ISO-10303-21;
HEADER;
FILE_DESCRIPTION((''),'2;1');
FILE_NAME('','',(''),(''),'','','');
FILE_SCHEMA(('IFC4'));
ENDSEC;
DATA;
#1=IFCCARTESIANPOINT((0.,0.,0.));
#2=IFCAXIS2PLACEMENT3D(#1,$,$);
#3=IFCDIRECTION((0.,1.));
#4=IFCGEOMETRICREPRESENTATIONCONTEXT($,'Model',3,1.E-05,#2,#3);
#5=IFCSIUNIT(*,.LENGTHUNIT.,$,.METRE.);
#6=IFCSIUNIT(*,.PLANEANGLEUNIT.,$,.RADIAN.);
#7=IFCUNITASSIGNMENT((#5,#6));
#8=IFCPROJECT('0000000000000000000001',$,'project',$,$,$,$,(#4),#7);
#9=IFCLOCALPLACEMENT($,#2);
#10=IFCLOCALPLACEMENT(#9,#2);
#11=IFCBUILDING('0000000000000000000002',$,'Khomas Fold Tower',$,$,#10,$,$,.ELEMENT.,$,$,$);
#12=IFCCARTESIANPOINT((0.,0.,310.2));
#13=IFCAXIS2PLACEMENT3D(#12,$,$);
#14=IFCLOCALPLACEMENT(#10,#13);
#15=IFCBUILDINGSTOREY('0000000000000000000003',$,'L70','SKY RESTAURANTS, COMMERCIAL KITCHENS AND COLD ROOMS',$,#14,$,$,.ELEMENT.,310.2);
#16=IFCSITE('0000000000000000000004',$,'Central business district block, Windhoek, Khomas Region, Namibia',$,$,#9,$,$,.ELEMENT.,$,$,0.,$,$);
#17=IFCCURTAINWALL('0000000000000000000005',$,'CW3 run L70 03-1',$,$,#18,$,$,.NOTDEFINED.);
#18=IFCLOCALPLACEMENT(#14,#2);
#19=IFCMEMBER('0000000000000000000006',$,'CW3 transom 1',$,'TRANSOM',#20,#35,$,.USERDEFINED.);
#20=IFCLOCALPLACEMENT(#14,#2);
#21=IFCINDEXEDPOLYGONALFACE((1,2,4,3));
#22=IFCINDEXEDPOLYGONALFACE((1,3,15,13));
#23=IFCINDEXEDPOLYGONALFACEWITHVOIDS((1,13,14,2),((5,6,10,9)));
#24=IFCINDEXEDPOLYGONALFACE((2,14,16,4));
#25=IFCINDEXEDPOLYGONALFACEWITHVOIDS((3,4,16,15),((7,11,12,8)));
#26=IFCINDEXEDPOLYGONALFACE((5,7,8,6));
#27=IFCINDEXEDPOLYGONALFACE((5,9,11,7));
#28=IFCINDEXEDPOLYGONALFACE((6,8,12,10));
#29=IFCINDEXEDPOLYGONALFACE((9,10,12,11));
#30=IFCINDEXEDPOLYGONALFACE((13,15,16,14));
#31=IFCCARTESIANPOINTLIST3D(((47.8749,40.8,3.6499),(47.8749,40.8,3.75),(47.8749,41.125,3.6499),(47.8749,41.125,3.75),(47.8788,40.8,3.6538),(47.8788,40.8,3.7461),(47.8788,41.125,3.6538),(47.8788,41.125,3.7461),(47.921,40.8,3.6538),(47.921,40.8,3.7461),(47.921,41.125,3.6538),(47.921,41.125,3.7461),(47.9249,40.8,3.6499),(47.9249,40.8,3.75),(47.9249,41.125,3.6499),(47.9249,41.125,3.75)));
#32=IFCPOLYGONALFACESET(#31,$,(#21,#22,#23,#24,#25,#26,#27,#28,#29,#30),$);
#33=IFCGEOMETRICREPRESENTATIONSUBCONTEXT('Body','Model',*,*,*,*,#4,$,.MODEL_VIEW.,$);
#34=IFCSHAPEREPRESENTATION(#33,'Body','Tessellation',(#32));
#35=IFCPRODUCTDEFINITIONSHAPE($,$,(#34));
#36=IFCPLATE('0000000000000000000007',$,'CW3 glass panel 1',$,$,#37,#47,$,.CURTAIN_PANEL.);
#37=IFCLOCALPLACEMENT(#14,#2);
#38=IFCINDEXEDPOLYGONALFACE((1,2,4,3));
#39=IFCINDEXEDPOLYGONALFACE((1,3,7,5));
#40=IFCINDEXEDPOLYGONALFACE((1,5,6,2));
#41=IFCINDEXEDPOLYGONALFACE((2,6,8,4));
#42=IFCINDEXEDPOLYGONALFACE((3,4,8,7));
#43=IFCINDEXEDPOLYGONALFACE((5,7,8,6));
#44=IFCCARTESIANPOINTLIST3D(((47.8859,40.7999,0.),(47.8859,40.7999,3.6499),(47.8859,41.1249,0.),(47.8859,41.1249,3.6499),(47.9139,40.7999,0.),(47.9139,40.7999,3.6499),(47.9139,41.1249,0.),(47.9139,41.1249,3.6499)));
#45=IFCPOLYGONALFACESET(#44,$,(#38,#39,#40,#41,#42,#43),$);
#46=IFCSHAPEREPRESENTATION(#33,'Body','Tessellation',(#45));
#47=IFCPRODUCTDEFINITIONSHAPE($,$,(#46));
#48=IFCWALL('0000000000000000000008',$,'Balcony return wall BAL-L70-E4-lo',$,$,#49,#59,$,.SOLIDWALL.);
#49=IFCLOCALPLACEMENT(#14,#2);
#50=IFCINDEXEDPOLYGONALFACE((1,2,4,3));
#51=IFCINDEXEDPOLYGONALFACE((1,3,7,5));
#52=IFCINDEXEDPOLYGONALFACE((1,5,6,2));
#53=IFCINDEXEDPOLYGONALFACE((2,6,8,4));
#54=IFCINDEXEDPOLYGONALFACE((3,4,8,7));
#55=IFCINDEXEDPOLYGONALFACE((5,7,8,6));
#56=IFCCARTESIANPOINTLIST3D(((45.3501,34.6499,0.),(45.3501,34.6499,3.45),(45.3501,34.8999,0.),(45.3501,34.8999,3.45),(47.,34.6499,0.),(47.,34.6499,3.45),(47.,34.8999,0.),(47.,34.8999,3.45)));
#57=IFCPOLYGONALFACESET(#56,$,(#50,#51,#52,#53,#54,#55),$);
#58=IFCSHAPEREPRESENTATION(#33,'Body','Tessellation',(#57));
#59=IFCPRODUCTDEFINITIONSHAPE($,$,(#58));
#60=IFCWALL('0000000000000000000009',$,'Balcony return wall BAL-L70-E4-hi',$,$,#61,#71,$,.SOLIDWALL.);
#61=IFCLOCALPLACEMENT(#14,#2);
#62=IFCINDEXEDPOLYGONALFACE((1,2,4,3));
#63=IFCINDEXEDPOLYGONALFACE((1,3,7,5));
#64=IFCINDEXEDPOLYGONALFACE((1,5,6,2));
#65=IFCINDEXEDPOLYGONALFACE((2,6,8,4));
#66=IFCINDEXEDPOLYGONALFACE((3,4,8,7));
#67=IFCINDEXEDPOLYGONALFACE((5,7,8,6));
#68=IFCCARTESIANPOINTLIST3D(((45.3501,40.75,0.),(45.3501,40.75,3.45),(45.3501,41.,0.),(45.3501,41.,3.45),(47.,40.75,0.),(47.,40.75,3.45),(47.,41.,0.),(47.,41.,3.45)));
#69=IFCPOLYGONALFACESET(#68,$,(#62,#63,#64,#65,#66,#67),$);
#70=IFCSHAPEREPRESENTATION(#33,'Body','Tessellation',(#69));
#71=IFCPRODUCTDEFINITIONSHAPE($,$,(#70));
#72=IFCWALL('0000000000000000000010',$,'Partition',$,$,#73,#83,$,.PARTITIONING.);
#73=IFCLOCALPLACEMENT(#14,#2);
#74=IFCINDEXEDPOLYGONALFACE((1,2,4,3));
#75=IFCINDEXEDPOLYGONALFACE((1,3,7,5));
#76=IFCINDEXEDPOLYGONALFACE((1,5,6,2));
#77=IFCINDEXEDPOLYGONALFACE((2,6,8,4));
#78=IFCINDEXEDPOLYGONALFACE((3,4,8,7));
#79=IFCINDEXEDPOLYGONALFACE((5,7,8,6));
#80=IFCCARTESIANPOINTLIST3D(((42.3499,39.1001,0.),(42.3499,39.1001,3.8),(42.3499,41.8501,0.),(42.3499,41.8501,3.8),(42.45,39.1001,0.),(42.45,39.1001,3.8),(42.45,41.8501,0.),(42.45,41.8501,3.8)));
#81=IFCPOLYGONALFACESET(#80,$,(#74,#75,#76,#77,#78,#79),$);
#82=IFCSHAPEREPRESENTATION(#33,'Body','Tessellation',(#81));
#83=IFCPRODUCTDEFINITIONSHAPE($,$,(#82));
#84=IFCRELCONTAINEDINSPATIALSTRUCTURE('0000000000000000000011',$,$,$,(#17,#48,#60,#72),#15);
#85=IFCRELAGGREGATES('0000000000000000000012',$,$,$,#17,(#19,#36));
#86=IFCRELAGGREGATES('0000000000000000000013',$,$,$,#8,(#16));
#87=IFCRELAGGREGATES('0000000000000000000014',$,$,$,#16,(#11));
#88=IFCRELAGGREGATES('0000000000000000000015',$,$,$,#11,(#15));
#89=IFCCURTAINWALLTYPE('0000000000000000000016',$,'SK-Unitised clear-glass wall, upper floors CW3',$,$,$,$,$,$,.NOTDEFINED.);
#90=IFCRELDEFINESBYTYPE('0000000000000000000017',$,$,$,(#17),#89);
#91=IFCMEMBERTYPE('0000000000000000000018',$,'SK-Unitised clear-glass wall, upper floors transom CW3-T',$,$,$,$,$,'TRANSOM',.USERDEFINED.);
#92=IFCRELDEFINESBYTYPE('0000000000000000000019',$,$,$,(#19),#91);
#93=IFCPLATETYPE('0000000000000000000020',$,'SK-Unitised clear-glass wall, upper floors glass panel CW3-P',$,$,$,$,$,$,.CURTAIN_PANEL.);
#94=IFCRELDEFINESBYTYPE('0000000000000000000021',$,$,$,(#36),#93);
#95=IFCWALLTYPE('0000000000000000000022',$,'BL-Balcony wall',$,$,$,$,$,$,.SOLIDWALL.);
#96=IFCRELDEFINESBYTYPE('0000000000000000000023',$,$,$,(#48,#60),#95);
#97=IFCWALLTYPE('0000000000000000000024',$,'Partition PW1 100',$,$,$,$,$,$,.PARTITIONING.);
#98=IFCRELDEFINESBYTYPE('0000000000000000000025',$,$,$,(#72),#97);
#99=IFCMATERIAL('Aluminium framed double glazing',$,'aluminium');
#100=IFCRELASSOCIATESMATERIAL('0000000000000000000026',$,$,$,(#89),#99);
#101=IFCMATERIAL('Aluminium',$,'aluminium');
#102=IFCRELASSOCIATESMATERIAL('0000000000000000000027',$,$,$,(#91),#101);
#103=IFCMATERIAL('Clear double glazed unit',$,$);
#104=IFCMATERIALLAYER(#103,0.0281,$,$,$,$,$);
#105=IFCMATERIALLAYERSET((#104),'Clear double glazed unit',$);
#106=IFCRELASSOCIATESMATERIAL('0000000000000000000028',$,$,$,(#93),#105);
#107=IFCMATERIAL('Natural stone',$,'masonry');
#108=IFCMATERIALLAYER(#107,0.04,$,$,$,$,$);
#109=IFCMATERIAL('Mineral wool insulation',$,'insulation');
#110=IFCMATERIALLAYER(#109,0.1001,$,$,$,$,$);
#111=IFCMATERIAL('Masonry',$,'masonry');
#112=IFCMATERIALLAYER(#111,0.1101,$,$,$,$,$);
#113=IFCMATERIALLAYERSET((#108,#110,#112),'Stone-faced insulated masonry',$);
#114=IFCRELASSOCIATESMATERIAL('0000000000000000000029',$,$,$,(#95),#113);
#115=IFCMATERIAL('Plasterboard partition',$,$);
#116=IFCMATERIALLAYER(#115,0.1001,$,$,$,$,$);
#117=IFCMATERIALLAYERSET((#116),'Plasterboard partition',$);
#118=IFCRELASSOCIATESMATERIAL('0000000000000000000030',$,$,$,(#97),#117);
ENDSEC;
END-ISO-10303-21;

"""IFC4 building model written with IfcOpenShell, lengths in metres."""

from ifc_helpers import new_model, si_unit, direction, frame, frame_2d, origin, origin_2d, place, context, subcontext, project, spatial, rectangle, hollow_rectangle, extrude, source, transform, mapped, material, layer, layer_set, material_profile, profile_set, type_object, element, aggregate, save


model = new_model("IFC4")

# Units and contexts
model_context = context("Model", 3, precision=1e-05, world=origin(), true_north=direction((0.0, 1.0)))
body_context = subcontext(model_context, "Body", "Model", "MODEL_VIEW")
ifc_project = project(units=[si_unit("LENGTHUNIT", "METRE"), si_unit("PLANEANGLEUNIT", "RADIAN")], contexts=[model_context])

# Site, building, storey
site_placement = place(None, origin())
site = spatial("IfcSite", under=ifc_project, at=site_placement, Name="Central business district block, Windhoek, Khomas Region, Namibia", CompositionType="ELEMENT", RefElevation=0.0)
building_placement = place(site_placement, origin())
building = spatial("IfcBuilding", under=site, at=building_placement, Name="Khomas Fold Tower", CompositionType="ELEMENT")
storey_placement = place(building_placement, frame((0.0, 0.0, 310.2)))
storey = spatial("IfcBuildingStorey", under=building, at=storey_placement, Name="L70", Description="SKY RESTAURANTS, COMMERCIAL KITCHENS AND COLD ROOMS", CompositionType="ELEMENT", Elevation=310.2)

# Shared definitions
ifc_material_1 = material(Name="Aluminium framed double glazing", Category="aluminium")
curtain_wall_type = type_object("IfcCurtainWallType", Name="SK-Unitised clear-glass wall, upper floors CW3", PredefinedType="NOTDEFINED", material=ifc_material_1)

# Curtain wall, member, plate
curtain_wall_1_placement = place(storey_placement, origin())
curtain_wall_1 = element("IfcCurtainWall", 1, at=curtain_wall_1_placement, inside=storey, type_object=curtain_wall_type, Name="CW3 run L70 03-1", PredefinedType="NOTDEFINED")
ifc_material_2 = material(Name="Aluminium", Category="aluminium")
ifc_material_profile_1 = material_profile(ifc_material_2, hollow_rectangle(XDim=0.05, YDim=0.1001, WallThickness=0.0039, at=origin_2d()), Name="SK-Unitised clear-glass wall, upper floors transom CW3-T")
ifc_profile_set_1 = profile_set([ifc_material_profile_1], Name="Aluminium")
member_type_1 = type_object("IfcMemberType", Name="SK-Unitised clear-glass wall, upper floors transom CW3-T", ElementType="TRANSOM", PredefinedType="USERDEFINED", material=ifc_profile_set_1)
shared_shape_1 = source(origin(), body_context, "Body", "SweptSolid", [
    extrude(hollow_rectangle(XDim=0.05, YDim=0.1001, WallThickness=0.0039, at=origin_2d()), origin(), (0.0, 0.0, 1.0), 0.325),
])
member_1_placement = place(storey_placement, frame((47.8999, 40.8, 3.7), z_axis=(0.0, 1.0, 0.0), x_axis=(-1.0, 0.0, 0.0)))
member_1 = element("IfcMember", 2, at=member_1_placement, type_object=member_type_1, Name="CW3 transom 1", ObjectType="TRANSOM", PredefinedType="USERDEFINED", context=body_context, shape_type="MappedRepresentation", body=[
    mapped(shared_shape_1, transform((0.0, 0.0, 0.0))),
])
ifc_material_3 = material(Name="Clear double glazed unit")
ifc_layer_1 = layer(ifc_material_3, 0.0281)
ifc_layer_set_1 = layer_set([ifc_layer_1], Name="Clear double glazed unit")
plate_type = type_object("IfcPlateType", Name="SK-Unitised clear-glass wall, upper floors glass panel CW3-P", PredefinedType="CURTAIN_PANEL", material=ifc_layer_set_1)
shared_shape_2 = source(origin(), body_context, "Body", "SweptSolid", [
    extrude(rectangle(XDim=0.325, YDim=0.0281, at=origin_2d()), origin(), (0.0, 0.0, 1.0), 3.6499),
])
plate_placement = place(storey_placement, frame((47.8999, 40.9624, 0.0), z_axis=(0.0, 0.0, 1.0), x_axis=(0.0, 1.0, 0.0)))
plate = element("IfcPlate", 3, at=plate_placement, type_object=plate_type, Name="CW3 glass panel 1", PredefinedType="CURTAIN_PANEL", context=body_context, shape_type="MappedRepresentation", body=[
    mapped(shared_shape_2, transform((0.0, 0.0, 0.0))),
])
aggregate(curtain_wall_1, [member_1, plate])

# Shared definitions
ifc_material_4 = material(Name="Natural stone", Category="masonry")
ifc_layer_2 = layer(ifc_material_4, 0.04)
ifc_material_5 = material(Name="Mineral wool insulation", Category="insulation")
ifc_layer_3 = layer(ifc_material_5, 0.1001)
ifc_material_6 = material(Name="Masonry", Category="masonry")
ifc_layer_4 = layer(ifc_material_6, 0.1101)
ifc_layer_set_2 = layer_set([ifc_layer_2, ifc_layer_3, ifc_layer_4], Name="Stone-faced insulated masonry")
wall_type_1 = type_object("IfcWallType", Name="BL-Balcony wall", PredefinedType="SOLIDWALL", material=ifc_layer_set_2)

# Walls
shared_shape_3 = source(origin(), body_context, "Body", "SweptSolid", [
    extrude(rectangle(XDim=1.6499, YDim=0.25, at=frame_2d((0.825, 0.0))), origin(), (0.0, 0.0, 1.0), 3.45),
])
for number, where, z_axis, x_axis, name in (
    (4, (47.0, 34.7749, 0.0), (0.0, 0.0, 1.0), (-1.0, 0.0, 0.0), "Balcony return wall BAL-L70-E4-lo"),
    (5, (47.0, 40.875, 0.0), (0.0, 0.0, 1.0), (-1.0, 0.0, 0.0), "Balcony return wall BAL-L70-E4-hi"),
):
    element("IfcWall", number, at=place(storey_placement, frame(where, z_axis=z_axis, x_axis=x_axis)), inside=storey, type_object=wall_type_1, Name=name, PredefinedType="SOLIDWALL", context=body_context, shape_type="MappedRepresentation", body=[
        mapped(shared_shape_3, transform((0.0, 0.0, 0.0))),
    ])
ifc_material_7 = material(Name="Plasterboard partition")
ifc_layer_5 = layer(ifc_material_7, 0.1001)
ifc_layer_set_3 = layer_set([ifc_layer_5], Name="Plasterboard partition")
wall_type_2 = type_object("IfcWallType", Name="Partition PW1 100", PredefinedType="PARTITIONING", material=ifc_layer_set_3)
shared_shape_4 = source(origin(), body_context, "Body", "SweptSolid", [
    extrude(rectangle(XDim=2.75, YDim=0.1001, at=frame_2d((1.375, 0.0))), origin(), (0.0, 0.0, 1.0), 3.8),
])
wall_1_placement = place(storey_placement, frame((42.3999, 39.1001, 0.0), z_axis=(0.0, 0.0, 1.0), x_axis=(0.0, 1.0, 0.0)))
element("IfcWall", 6, at=wall_1_placement, inside=storey, type_object=wall_type_2, Name="Partition", PredefinedType="PARTITIONING", context=body_context, shape_type="MappedRepresentation", body=[
    mapped(shared_shape_4, transform((0.0, 0.0, 0.0))),
])

save(model, "model.ifc")
